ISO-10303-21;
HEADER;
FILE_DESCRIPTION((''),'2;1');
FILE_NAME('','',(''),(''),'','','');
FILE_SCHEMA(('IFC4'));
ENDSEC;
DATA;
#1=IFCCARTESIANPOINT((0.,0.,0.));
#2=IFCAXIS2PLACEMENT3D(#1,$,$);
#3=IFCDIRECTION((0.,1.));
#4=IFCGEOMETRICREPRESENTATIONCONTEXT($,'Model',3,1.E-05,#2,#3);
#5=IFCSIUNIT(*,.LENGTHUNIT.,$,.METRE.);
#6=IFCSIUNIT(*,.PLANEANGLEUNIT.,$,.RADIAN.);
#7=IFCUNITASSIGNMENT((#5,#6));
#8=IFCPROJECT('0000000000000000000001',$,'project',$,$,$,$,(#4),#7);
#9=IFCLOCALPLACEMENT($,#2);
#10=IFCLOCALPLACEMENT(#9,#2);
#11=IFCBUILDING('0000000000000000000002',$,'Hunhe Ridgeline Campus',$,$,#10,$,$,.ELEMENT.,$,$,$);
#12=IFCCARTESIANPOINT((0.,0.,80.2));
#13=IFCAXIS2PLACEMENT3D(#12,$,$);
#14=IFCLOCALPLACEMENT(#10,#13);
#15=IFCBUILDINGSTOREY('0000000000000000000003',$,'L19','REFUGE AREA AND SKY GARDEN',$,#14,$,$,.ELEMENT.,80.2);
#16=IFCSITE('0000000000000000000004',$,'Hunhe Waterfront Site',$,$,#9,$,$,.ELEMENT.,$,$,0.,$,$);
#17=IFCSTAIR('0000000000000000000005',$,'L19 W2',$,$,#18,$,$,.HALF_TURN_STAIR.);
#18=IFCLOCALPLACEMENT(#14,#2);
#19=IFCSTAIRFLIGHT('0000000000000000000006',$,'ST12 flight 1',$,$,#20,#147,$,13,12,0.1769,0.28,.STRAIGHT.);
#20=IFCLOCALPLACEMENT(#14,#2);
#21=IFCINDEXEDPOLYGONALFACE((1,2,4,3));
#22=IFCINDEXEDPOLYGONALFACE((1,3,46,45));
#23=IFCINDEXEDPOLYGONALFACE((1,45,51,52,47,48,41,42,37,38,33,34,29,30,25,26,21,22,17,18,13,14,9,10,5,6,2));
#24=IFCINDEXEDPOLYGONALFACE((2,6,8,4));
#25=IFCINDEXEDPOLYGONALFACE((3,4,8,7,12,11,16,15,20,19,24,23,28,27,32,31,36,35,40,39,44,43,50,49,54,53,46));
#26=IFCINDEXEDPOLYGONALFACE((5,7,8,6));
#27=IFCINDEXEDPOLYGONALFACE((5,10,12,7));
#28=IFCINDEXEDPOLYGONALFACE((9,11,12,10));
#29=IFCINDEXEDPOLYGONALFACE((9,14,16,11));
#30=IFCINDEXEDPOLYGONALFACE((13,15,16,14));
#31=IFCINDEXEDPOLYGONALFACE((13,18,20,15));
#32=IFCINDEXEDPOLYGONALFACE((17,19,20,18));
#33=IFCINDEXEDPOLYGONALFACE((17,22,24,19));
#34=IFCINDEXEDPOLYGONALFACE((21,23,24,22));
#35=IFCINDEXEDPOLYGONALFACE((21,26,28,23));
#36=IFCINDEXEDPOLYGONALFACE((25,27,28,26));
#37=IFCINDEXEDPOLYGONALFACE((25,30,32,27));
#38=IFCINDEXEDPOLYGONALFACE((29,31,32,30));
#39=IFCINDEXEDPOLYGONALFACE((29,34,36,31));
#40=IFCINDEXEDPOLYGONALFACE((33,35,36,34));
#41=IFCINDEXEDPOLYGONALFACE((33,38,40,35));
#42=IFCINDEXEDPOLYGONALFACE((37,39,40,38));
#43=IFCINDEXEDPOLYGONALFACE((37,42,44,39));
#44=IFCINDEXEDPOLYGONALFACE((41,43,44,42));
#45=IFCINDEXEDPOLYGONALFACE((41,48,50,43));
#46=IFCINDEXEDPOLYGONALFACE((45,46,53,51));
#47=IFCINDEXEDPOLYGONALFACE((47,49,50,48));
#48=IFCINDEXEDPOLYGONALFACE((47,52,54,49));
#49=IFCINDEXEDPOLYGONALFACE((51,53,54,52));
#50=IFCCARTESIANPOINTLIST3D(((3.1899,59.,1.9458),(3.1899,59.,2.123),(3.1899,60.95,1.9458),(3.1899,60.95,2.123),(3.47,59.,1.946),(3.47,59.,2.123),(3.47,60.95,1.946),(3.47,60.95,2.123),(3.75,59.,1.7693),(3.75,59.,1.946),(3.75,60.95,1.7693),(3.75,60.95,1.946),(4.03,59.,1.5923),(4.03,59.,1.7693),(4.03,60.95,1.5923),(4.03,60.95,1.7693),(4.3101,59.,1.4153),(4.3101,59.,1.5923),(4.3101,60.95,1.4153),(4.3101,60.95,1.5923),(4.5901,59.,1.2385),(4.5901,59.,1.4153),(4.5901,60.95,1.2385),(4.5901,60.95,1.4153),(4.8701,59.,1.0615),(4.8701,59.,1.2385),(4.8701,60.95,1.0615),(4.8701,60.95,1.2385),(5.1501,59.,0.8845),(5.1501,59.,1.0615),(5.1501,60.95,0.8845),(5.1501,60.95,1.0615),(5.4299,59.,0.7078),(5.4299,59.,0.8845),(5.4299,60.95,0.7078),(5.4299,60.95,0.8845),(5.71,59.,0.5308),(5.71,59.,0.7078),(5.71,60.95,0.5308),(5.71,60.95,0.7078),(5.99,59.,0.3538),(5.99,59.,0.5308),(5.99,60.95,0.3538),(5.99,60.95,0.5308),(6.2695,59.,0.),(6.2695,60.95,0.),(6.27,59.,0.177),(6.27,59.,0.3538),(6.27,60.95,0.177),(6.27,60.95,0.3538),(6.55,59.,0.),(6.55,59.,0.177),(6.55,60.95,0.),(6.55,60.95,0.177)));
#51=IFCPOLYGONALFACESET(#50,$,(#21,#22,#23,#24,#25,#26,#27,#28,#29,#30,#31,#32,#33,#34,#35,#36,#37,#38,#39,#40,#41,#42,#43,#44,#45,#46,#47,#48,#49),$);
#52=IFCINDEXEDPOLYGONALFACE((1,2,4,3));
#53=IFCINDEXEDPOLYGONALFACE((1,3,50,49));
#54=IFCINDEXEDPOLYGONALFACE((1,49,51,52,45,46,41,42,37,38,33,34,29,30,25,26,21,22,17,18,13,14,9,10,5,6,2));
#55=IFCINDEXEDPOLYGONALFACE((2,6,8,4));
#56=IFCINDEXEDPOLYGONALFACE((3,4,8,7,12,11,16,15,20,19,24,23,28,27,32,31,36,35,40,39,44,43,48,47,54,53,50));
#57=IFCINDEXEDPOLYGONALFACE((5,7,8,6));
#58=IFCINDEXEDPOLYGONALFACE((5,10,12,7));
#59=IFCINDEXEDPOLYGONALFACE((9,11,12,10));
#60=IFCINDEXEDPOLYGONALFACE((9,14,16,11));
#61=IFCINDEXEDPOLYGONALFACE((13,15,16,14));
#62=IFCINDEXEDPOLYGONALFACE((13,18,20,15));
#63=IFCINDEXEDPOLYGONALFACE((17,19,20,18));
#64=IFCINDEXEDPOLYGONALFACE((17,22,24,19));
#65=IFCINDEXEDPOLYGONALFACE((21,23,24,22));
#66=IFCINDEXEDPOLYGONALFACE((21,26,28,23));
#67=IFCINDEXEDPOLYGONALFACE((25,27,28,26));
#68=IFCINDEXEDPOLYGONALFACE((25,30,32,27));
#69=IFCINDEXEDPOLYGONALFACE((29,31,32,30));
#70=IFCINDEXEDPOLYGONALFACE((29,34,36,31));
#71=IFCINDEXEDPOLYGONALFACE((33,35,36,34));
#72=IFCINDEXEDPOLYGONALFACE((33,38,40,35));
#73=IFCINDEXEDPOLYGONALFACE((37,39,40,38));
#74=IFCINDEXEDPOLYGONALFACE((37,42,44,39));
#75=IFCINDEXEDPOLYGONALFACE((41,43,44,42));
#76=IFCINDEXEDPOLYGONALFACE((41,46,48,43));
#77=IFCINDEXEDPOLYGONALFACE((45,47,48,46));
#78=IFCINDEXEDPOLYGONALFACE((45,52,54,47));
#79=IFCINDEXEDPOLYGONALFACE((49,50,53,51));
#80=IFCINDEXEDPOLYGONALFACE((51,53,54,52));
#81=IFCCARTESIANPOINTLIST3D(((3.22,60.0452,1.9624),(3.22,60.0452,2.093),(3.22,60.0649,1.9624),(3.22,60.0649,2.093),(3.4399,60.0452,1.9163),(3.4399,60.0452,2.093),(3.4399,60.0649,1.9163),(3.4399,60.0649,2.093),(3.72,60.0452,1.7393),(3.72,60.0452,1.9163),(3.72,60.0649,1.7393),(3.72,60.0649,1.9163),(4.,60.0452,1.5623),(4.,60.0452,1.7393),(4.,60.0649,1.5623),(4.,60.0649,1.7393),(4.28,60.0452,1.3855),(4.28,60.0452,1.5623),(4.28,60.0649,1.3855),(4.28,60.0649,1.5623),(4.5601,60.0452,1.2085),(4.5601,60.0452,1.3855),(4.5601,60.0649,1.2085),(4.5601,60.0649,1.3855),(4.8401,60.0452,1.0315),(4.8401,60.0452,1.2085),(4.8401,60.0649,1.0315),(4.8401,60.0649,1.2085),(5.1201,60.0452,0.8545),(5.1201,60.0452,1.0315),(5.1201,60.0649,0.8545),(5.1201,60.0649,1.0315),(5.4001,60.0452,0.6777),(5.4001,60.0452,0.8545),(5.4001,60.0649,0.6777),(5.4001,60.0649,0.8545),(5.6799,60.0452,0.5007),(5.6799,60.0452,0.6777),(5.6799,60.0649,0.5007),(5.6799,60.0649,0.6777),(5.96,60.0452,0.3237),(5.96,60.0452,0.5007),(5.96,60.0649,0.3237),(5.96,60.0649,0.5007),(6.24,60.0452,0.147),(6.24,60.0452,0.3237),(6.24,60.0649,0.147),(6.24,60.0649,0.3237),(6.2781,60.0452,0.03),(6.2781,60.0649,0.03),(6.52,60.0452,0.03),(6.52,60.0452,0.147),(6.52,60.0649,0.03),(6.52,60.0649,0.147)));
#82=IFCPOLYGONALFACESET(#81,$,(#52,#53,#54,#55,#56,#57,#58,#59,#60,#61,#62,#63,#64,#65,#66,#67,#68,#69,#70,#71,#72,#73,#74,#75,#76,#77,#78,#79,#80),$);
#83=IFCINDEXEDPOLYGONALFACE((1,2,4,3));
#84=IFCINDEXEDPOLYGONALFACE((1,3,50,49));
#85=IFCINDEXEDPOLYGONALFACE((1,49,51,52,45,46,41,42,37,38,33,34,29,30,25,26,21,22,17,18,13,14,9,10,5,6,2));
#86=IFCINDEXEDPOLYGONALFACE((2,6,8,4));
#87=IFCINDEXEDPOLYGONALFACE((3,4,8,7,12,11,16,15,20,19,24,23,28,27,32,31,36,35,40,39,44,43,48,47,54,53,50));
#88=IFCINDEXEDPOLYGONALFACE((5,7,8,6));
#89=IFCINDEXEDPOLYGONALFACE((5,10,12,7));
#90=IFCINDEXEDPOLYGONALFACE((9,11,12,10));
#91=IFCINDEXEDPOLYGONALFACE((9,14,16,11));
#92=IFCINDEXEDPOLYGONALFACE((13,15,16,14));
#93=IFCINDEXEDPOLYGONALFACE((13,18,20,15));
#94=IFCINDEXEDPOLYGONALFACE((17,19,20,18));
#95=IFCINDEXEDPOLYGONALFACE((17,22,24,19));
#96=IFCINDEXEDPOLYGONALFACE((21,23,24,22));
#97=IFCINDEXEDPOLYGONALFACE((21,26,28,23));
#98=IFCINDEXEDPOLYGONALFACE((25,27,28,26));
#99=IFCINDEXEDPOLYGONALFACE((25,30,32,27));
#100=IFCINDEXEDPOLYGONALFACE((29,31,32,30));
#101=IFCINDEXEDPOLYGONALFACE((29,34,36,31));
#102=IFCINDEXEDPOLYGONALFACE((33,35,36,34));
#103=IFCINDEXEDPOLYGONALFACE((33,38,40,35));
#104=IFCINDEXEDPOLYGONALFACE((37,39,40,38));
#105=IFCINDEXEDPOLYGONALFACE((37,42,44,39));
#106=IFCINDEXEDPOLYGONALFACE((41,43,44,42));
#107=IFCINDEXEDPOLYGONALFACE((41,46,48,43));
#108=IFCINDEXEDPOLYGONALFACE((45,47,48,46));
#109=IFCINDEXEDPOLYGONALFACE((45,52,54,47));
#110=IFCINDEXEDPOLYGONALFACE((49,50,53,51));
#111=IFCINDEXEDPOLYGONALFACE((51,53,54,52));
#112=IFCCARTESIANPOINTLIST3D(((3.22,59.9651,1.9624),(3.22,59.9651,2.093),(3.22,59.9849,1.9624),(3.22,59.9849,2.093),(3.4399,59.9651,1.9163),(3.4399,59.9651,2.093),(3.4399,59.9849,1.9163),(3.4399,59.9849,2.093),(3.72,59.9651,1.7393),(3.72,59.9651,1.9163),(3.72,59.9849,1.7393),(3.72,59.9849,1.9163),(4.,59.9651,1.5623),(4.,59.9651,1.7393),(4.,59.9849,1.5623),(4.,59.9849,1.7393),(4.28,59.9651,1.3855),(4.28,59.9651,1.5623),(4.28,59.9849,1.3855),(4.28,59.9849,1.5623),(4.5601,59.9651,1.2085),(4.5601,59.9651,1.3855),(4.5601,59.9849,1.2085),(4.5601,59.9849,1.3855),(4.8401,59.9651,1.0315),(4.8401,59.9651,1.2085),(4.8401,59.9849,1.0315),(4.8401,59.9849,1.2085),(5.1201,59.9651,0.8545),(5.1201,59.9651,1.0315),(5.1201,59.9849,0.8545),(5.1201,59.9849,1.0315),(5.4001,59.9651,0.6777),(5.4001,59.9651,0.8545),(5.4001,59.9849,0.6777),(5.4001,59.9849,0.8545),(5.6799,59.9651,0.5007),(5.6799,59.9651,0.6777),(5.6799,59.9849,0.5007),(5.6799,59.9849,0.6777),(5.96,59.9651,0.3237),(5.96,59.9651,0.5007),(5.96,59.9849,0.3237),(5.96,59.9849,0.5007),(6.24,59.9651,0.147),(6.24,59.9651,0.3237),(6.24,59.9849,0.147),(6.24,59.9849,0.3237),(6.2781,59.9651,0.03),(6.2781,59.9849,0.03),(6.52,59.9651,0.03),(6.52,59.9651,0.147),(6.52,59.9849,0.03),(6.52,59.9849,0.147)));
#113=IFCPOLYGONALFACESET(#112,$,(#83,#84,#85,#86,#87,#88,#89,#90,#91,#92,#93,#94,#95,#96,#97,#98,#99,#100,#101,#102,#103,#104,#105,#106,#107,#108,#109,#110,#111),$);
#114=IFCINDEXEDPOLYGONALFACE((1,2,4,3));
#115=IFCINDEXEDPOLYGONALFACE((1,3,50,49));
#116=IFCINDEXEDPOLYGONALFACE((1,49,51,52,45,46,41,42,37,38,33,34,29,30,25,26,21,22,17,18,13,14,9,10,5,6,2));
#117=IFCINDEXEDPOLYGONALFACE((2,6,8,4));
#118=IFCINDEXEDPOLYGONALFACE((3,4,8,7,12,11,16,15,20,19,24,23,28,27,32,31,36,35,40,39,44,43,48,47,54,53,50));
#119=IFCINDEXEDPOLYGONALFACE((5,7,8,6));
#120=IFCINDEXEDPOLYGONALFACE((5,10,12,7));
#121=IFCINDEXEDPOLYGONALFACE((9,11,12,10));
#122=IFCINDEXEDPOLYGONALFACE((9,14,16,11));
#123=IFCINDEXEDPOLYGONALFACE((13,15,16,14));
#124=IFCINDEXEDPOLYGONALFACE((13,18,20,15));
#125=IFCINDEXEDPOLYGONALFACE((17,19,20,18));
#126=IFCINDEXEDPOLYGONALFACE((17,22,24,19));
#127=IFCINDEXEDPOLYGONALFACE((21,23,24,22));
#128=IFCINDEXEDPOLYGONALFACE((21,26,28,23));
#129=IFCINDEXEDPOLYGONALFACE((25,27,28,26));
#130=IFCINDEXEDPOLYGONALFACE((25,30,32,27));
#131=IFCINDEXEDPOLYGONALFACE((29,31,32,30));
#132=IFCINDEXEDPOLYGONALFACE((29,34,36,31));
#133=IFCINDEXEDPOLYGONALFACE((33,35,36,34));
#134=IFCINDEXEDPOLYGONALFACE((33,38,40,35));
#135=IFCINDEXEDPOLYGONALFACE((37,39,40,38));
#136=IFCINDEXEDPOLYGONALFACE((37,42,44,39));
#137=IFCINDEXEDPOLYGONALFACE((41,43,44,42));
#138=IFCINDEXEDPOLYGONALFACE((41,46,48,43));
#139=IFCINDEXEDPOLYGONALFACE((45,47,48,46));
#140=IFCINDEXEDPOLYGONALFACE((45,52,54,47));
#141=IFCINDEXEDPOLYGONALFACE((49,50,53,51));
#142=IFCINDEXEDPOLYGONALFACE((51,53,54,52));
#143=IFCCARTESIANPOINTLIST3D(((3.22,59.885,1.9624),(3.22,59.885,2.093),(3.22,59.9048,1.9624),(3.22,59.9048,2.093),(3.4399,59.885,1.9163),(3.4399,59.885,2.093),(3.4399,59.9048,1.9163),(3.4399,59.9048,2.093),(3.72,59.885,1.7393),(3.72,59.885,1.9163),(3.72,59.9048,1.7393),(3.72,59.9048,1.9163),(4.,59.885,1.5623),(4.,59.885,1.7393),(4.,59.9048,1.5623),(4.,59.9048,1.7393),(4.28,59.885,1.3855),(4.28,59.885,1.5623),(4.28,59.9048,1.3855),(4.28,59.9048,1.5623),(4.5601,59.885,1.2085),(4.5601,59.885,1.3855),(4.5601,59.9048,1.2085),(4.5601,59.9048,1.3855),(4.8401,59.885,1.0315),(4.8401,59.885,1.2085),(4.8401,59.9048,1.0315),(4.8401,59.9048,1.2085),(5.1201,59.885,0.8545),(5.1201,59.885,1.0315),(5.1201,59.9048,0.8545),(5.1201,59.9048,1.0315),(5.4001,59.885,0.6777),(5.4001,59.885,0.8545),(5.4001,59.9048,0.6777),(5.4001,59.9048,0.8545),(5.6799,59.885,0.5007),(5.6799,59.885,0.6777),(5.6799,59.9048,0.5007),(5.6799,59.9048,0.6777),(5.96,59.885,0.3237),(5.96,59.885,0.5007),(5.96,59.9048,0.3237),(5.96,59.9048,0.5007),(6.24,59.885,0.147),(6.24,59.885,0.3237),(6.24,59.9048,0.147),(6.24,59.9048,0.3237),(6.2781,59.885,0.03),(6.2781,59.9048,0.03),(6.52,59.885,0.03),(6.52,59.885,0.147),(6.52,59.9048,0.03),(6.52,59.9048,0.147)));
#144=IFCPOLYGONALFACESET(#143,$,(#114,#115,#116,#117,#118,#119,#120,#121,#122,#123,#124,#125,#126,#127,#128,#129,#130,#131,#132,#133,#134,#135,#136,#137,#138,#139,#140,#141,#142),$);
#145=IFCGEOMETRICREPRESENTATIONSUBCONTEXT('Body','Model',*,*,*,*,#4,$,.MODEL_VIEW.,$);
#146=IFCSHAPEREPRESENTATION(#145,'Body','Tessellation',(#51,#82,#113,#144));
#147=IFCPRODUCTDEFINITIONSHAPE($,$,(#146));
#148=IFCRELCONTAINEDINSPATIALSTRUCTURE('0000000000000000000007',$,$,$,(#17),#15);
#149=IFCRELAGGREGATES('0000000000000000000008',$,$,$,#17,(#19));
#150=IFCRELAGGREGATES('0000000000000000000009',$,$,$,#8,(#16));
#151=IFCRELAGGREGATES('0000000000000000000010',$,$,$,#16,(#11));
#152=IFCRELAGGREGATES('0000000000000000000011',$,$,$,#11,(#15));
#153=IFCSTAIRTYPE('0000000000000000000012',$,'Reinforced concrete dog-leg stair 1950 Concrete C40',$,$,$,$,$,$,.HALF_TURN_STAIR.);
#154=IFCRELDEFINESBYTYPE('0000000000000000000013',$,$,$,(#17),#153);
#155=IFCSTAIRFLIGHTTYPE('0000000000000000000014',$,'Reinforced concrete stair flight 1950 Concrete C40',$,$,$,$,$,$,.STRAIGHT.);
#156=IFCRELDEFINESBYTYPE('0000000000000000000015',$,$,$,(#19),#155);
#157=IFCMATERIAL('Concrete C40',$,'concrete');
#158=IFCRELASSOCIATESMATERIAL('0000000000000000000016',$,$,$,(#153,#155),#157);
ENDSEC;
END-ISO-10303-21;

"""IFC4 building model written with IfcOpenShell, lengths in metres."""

from ifc_helpers import new_model, si_unit, direction, frame, origin, place, context, subcontext, project, spatial, polyline, outline, extrude, material, type_object, element, aggregate, save


model = new_model("IFC4")

# Units and contexts
model_context = context("Model", 3, precision=1e-05, world=origin(), true_north=direction((0.0, 1.0)))
body_context = subcontext(model_context, "Body", "Model", "MODEL_VIEW")
ifc_project = project(units=[si_unit("LENGTHUNIT", "METRE"), si_unit("PLANEANGLEUNIT", "RADIAN")], contexts=[model_context])

# Site, building, storey
site_placement = place(None, origin())
site = spatial("IfcSite", under=ifc_project, at=site_placement, Name="Hunhe Waterfront Site", CompositionType="ELEMENT", RefElevation=0.0)
building_placement = place(site_placement, origin())
building = spatial("IfcBuilding", under=site, at=building_placement, Name="Hunhe Ridgeline Campus", CompositionType="ELEMENT")
storey_placement = place(building_placement, frame((0.0, 0.0, 80.2)))
storey = spatial("IfcBuildingStorey", under=building, at=storey_placement, Name="L19", Description="REFUGE AREA AND SKY GARDEN", CompositionType="ELEMENT", Elevation=80.2)

# Stair, stair flight
ifc_material_1 = material(Name="Concrete C40", Category="concrete")
stair_type = type_object("IfcStairType", Name="Reinforced concrete dog-leg stair 1950 Concrete C40", PredefinedType="HALF_TURN_STAIR", material=ifc_material_1)
stair_flight_type = type_object("IfcStairFlightType", Name="Reinforced concrete stair flight 1950 Concrete C40", PredefinedType="STRAIGHT", material=ifc_material_1)
stair_1_placement = place(storey_placement, origin())
stair_1 = element("IfcStair", 1, at=stair_1_placement, inside=storey, type_object=stair_type, Name="L19 W2", PredefinedType="HALF_TURN_STAIR")
stair_flight_1_placement = place(storey_placement, frame((6.55, 59.9751, 0.0), z_axis=(0.0, 0.0, 1.0), x_axis=(-1.0, 0.0, 0.0)))
stair_flight_1 = element("IfcStairFlight", 2, at=stair_flight_1_placement, type_object=stair_flight_type, Name="ST12 flight 1", NumberOfRisers=13, NumberOfTreads=12, PredefinedType="STRAIGHT", RiserHeight=0.1769, TreadLength=0.28, context=body_context, shape_type="SweptSolid", body=[
    extrude(outline(polyline([(0.0, 0.0), (0.0, 0.177), (0.28, 0.177), (0.28, 0.3538), (0.5601, 0.3538), (0.5601, 0.5308), (0.8401, 0.5308), (0.8401, 0.7078), (1.1201, 0.7078), (1.1201, 0.8845), (1.3999, 0.8845), (1.3999, 1.0615), (1.6799, 1.0615), (1.6799, 1.2385), (1.96, 1.2385), (1.96, 1.4153), (2.24, 1.4153), (2.24, 1.5923), (2.52, 1.5923), (2.52, 1.7693), (2.8, 1.7693), (2.8, 1.946), (3.0801, 1.946), (3.0801, 2.123), (3.3601, 2.123), (3.3601, 2.3), (3.3601, 1.9458), (0.2805, 0.0), (0.0, 0.0)])), frame((0.0, 0.9751, 0.0), z_axis=(0.0, -1.0, 0.0), x_axis=(1.0, 0.0, 0.0)), (0.0, 0.0, 1.0), 1.95),
    extrude(outline(polyline([(0.03, 0.03), (0.03, 0.147), (0.3101, 0.147), (0.3101, 0.3237), (0.5901, 0.3237), (0.5901, 0.5007), (0.8701, 0.5007), (0.8701, 0.6777), (1.1499, 0.6777), (1.1499, 0.8545), (1.4299, 0.8545), (1.4299, 1.0315), (1.71, 1.0315), (1.71, 1.2085), (1.99, 1.2085), (1.99, 1.3855), (2.27, 1.3855), (2.27, 1.5623), (2.55, 1.5623), (2.55, 1.7393), (2.8301, 1.7393), (2.8301, 1.9163), (3.1101, 1.9163), (3.1101, 2.093), (3.3301, 2.093), (3.3301, 1.9624), (0.272, 0.03), (0.03, 0.03)])), frame((0.0, -0.0701, 0.0), z_axis=(0.0, -1.0, 0.0), x_axis=(1.0, 0.0, 0.0)), (0.0, 0.0, 1.0), 0.0198),
    extrude(outline(polyline([(0.03, 0.03), (0.03, 0.147), (0.3101, 0.147), (0.3101, 0.3237), (0.5901, 0.3237), (0.5901, 0.5007), (0.8701, 0.5007), (0.8701, 0.6777), (1.1499, 0.6777), (1.1499, 0.8545), (1.4299, 0.8545), (1.4299, 1.0315), (1.71, 1.0315), (1.71, 1.2085), (1.99, 1.2085), (1.99, 1.3855), (2.27, 1.3855), (2.27, 1.5623), (2.55, 1.5623), (2.55, 1.7393), (2.8301, 1.7393), (2.8301, 1.9163), (3.1101, 1.9163), (3.1101, 2.093), (3.3301, 2.093), (3.3301, 1.9624), (0.272, 0.03), (0.03, 0.03)])), frame((0.0, 0.01, 0.0), z_axis=(0.0, -1.0, 0.0), x_axis=(1.0, 0.0, 0.0)), (0.0, 0.0, 1.0), 0.0198),
    extrude(outline(polyline([(0.03, 0.03), (0.03, 0.147), (0.3101, 0.147), (0.3101, 0.3237), (0.5901, 0.3237), (0.5901, 0.5007), (0.8701, 0.5007), (0.8701, 0.6777), (1.1499, 0.6777), (1.1499, 0.8545), (1.4299, 0.8545), (1.4299, 1.0315), (1.71, 1.0315), (1.71, 1.2085), (1.99, 1.2085), (1.99, 1.3855), (2.27, 1.3855), (2.27, 1.5623), (2.55, 1.5623), (2.55, 1.7393), (2.8301, 1.7393), (2.8301, 1.9163), (3.1101, 1.9163), (3.1101, 2.093), (3.3301, 2.093), (3.3301, 1.9624), (0.272, 0.03), (0.03, 0.03)])), frame((0.0, 0.0901, 0.0), z_axis=(0.0, -1.0, 0.0), x_axis=(1.0, 0.0, 0.0)), (0.0, 0.0, 1.0), 0.0198),
])
aggregate(stair_1, [stair_flight_1])

save(model, "model.ifc")
